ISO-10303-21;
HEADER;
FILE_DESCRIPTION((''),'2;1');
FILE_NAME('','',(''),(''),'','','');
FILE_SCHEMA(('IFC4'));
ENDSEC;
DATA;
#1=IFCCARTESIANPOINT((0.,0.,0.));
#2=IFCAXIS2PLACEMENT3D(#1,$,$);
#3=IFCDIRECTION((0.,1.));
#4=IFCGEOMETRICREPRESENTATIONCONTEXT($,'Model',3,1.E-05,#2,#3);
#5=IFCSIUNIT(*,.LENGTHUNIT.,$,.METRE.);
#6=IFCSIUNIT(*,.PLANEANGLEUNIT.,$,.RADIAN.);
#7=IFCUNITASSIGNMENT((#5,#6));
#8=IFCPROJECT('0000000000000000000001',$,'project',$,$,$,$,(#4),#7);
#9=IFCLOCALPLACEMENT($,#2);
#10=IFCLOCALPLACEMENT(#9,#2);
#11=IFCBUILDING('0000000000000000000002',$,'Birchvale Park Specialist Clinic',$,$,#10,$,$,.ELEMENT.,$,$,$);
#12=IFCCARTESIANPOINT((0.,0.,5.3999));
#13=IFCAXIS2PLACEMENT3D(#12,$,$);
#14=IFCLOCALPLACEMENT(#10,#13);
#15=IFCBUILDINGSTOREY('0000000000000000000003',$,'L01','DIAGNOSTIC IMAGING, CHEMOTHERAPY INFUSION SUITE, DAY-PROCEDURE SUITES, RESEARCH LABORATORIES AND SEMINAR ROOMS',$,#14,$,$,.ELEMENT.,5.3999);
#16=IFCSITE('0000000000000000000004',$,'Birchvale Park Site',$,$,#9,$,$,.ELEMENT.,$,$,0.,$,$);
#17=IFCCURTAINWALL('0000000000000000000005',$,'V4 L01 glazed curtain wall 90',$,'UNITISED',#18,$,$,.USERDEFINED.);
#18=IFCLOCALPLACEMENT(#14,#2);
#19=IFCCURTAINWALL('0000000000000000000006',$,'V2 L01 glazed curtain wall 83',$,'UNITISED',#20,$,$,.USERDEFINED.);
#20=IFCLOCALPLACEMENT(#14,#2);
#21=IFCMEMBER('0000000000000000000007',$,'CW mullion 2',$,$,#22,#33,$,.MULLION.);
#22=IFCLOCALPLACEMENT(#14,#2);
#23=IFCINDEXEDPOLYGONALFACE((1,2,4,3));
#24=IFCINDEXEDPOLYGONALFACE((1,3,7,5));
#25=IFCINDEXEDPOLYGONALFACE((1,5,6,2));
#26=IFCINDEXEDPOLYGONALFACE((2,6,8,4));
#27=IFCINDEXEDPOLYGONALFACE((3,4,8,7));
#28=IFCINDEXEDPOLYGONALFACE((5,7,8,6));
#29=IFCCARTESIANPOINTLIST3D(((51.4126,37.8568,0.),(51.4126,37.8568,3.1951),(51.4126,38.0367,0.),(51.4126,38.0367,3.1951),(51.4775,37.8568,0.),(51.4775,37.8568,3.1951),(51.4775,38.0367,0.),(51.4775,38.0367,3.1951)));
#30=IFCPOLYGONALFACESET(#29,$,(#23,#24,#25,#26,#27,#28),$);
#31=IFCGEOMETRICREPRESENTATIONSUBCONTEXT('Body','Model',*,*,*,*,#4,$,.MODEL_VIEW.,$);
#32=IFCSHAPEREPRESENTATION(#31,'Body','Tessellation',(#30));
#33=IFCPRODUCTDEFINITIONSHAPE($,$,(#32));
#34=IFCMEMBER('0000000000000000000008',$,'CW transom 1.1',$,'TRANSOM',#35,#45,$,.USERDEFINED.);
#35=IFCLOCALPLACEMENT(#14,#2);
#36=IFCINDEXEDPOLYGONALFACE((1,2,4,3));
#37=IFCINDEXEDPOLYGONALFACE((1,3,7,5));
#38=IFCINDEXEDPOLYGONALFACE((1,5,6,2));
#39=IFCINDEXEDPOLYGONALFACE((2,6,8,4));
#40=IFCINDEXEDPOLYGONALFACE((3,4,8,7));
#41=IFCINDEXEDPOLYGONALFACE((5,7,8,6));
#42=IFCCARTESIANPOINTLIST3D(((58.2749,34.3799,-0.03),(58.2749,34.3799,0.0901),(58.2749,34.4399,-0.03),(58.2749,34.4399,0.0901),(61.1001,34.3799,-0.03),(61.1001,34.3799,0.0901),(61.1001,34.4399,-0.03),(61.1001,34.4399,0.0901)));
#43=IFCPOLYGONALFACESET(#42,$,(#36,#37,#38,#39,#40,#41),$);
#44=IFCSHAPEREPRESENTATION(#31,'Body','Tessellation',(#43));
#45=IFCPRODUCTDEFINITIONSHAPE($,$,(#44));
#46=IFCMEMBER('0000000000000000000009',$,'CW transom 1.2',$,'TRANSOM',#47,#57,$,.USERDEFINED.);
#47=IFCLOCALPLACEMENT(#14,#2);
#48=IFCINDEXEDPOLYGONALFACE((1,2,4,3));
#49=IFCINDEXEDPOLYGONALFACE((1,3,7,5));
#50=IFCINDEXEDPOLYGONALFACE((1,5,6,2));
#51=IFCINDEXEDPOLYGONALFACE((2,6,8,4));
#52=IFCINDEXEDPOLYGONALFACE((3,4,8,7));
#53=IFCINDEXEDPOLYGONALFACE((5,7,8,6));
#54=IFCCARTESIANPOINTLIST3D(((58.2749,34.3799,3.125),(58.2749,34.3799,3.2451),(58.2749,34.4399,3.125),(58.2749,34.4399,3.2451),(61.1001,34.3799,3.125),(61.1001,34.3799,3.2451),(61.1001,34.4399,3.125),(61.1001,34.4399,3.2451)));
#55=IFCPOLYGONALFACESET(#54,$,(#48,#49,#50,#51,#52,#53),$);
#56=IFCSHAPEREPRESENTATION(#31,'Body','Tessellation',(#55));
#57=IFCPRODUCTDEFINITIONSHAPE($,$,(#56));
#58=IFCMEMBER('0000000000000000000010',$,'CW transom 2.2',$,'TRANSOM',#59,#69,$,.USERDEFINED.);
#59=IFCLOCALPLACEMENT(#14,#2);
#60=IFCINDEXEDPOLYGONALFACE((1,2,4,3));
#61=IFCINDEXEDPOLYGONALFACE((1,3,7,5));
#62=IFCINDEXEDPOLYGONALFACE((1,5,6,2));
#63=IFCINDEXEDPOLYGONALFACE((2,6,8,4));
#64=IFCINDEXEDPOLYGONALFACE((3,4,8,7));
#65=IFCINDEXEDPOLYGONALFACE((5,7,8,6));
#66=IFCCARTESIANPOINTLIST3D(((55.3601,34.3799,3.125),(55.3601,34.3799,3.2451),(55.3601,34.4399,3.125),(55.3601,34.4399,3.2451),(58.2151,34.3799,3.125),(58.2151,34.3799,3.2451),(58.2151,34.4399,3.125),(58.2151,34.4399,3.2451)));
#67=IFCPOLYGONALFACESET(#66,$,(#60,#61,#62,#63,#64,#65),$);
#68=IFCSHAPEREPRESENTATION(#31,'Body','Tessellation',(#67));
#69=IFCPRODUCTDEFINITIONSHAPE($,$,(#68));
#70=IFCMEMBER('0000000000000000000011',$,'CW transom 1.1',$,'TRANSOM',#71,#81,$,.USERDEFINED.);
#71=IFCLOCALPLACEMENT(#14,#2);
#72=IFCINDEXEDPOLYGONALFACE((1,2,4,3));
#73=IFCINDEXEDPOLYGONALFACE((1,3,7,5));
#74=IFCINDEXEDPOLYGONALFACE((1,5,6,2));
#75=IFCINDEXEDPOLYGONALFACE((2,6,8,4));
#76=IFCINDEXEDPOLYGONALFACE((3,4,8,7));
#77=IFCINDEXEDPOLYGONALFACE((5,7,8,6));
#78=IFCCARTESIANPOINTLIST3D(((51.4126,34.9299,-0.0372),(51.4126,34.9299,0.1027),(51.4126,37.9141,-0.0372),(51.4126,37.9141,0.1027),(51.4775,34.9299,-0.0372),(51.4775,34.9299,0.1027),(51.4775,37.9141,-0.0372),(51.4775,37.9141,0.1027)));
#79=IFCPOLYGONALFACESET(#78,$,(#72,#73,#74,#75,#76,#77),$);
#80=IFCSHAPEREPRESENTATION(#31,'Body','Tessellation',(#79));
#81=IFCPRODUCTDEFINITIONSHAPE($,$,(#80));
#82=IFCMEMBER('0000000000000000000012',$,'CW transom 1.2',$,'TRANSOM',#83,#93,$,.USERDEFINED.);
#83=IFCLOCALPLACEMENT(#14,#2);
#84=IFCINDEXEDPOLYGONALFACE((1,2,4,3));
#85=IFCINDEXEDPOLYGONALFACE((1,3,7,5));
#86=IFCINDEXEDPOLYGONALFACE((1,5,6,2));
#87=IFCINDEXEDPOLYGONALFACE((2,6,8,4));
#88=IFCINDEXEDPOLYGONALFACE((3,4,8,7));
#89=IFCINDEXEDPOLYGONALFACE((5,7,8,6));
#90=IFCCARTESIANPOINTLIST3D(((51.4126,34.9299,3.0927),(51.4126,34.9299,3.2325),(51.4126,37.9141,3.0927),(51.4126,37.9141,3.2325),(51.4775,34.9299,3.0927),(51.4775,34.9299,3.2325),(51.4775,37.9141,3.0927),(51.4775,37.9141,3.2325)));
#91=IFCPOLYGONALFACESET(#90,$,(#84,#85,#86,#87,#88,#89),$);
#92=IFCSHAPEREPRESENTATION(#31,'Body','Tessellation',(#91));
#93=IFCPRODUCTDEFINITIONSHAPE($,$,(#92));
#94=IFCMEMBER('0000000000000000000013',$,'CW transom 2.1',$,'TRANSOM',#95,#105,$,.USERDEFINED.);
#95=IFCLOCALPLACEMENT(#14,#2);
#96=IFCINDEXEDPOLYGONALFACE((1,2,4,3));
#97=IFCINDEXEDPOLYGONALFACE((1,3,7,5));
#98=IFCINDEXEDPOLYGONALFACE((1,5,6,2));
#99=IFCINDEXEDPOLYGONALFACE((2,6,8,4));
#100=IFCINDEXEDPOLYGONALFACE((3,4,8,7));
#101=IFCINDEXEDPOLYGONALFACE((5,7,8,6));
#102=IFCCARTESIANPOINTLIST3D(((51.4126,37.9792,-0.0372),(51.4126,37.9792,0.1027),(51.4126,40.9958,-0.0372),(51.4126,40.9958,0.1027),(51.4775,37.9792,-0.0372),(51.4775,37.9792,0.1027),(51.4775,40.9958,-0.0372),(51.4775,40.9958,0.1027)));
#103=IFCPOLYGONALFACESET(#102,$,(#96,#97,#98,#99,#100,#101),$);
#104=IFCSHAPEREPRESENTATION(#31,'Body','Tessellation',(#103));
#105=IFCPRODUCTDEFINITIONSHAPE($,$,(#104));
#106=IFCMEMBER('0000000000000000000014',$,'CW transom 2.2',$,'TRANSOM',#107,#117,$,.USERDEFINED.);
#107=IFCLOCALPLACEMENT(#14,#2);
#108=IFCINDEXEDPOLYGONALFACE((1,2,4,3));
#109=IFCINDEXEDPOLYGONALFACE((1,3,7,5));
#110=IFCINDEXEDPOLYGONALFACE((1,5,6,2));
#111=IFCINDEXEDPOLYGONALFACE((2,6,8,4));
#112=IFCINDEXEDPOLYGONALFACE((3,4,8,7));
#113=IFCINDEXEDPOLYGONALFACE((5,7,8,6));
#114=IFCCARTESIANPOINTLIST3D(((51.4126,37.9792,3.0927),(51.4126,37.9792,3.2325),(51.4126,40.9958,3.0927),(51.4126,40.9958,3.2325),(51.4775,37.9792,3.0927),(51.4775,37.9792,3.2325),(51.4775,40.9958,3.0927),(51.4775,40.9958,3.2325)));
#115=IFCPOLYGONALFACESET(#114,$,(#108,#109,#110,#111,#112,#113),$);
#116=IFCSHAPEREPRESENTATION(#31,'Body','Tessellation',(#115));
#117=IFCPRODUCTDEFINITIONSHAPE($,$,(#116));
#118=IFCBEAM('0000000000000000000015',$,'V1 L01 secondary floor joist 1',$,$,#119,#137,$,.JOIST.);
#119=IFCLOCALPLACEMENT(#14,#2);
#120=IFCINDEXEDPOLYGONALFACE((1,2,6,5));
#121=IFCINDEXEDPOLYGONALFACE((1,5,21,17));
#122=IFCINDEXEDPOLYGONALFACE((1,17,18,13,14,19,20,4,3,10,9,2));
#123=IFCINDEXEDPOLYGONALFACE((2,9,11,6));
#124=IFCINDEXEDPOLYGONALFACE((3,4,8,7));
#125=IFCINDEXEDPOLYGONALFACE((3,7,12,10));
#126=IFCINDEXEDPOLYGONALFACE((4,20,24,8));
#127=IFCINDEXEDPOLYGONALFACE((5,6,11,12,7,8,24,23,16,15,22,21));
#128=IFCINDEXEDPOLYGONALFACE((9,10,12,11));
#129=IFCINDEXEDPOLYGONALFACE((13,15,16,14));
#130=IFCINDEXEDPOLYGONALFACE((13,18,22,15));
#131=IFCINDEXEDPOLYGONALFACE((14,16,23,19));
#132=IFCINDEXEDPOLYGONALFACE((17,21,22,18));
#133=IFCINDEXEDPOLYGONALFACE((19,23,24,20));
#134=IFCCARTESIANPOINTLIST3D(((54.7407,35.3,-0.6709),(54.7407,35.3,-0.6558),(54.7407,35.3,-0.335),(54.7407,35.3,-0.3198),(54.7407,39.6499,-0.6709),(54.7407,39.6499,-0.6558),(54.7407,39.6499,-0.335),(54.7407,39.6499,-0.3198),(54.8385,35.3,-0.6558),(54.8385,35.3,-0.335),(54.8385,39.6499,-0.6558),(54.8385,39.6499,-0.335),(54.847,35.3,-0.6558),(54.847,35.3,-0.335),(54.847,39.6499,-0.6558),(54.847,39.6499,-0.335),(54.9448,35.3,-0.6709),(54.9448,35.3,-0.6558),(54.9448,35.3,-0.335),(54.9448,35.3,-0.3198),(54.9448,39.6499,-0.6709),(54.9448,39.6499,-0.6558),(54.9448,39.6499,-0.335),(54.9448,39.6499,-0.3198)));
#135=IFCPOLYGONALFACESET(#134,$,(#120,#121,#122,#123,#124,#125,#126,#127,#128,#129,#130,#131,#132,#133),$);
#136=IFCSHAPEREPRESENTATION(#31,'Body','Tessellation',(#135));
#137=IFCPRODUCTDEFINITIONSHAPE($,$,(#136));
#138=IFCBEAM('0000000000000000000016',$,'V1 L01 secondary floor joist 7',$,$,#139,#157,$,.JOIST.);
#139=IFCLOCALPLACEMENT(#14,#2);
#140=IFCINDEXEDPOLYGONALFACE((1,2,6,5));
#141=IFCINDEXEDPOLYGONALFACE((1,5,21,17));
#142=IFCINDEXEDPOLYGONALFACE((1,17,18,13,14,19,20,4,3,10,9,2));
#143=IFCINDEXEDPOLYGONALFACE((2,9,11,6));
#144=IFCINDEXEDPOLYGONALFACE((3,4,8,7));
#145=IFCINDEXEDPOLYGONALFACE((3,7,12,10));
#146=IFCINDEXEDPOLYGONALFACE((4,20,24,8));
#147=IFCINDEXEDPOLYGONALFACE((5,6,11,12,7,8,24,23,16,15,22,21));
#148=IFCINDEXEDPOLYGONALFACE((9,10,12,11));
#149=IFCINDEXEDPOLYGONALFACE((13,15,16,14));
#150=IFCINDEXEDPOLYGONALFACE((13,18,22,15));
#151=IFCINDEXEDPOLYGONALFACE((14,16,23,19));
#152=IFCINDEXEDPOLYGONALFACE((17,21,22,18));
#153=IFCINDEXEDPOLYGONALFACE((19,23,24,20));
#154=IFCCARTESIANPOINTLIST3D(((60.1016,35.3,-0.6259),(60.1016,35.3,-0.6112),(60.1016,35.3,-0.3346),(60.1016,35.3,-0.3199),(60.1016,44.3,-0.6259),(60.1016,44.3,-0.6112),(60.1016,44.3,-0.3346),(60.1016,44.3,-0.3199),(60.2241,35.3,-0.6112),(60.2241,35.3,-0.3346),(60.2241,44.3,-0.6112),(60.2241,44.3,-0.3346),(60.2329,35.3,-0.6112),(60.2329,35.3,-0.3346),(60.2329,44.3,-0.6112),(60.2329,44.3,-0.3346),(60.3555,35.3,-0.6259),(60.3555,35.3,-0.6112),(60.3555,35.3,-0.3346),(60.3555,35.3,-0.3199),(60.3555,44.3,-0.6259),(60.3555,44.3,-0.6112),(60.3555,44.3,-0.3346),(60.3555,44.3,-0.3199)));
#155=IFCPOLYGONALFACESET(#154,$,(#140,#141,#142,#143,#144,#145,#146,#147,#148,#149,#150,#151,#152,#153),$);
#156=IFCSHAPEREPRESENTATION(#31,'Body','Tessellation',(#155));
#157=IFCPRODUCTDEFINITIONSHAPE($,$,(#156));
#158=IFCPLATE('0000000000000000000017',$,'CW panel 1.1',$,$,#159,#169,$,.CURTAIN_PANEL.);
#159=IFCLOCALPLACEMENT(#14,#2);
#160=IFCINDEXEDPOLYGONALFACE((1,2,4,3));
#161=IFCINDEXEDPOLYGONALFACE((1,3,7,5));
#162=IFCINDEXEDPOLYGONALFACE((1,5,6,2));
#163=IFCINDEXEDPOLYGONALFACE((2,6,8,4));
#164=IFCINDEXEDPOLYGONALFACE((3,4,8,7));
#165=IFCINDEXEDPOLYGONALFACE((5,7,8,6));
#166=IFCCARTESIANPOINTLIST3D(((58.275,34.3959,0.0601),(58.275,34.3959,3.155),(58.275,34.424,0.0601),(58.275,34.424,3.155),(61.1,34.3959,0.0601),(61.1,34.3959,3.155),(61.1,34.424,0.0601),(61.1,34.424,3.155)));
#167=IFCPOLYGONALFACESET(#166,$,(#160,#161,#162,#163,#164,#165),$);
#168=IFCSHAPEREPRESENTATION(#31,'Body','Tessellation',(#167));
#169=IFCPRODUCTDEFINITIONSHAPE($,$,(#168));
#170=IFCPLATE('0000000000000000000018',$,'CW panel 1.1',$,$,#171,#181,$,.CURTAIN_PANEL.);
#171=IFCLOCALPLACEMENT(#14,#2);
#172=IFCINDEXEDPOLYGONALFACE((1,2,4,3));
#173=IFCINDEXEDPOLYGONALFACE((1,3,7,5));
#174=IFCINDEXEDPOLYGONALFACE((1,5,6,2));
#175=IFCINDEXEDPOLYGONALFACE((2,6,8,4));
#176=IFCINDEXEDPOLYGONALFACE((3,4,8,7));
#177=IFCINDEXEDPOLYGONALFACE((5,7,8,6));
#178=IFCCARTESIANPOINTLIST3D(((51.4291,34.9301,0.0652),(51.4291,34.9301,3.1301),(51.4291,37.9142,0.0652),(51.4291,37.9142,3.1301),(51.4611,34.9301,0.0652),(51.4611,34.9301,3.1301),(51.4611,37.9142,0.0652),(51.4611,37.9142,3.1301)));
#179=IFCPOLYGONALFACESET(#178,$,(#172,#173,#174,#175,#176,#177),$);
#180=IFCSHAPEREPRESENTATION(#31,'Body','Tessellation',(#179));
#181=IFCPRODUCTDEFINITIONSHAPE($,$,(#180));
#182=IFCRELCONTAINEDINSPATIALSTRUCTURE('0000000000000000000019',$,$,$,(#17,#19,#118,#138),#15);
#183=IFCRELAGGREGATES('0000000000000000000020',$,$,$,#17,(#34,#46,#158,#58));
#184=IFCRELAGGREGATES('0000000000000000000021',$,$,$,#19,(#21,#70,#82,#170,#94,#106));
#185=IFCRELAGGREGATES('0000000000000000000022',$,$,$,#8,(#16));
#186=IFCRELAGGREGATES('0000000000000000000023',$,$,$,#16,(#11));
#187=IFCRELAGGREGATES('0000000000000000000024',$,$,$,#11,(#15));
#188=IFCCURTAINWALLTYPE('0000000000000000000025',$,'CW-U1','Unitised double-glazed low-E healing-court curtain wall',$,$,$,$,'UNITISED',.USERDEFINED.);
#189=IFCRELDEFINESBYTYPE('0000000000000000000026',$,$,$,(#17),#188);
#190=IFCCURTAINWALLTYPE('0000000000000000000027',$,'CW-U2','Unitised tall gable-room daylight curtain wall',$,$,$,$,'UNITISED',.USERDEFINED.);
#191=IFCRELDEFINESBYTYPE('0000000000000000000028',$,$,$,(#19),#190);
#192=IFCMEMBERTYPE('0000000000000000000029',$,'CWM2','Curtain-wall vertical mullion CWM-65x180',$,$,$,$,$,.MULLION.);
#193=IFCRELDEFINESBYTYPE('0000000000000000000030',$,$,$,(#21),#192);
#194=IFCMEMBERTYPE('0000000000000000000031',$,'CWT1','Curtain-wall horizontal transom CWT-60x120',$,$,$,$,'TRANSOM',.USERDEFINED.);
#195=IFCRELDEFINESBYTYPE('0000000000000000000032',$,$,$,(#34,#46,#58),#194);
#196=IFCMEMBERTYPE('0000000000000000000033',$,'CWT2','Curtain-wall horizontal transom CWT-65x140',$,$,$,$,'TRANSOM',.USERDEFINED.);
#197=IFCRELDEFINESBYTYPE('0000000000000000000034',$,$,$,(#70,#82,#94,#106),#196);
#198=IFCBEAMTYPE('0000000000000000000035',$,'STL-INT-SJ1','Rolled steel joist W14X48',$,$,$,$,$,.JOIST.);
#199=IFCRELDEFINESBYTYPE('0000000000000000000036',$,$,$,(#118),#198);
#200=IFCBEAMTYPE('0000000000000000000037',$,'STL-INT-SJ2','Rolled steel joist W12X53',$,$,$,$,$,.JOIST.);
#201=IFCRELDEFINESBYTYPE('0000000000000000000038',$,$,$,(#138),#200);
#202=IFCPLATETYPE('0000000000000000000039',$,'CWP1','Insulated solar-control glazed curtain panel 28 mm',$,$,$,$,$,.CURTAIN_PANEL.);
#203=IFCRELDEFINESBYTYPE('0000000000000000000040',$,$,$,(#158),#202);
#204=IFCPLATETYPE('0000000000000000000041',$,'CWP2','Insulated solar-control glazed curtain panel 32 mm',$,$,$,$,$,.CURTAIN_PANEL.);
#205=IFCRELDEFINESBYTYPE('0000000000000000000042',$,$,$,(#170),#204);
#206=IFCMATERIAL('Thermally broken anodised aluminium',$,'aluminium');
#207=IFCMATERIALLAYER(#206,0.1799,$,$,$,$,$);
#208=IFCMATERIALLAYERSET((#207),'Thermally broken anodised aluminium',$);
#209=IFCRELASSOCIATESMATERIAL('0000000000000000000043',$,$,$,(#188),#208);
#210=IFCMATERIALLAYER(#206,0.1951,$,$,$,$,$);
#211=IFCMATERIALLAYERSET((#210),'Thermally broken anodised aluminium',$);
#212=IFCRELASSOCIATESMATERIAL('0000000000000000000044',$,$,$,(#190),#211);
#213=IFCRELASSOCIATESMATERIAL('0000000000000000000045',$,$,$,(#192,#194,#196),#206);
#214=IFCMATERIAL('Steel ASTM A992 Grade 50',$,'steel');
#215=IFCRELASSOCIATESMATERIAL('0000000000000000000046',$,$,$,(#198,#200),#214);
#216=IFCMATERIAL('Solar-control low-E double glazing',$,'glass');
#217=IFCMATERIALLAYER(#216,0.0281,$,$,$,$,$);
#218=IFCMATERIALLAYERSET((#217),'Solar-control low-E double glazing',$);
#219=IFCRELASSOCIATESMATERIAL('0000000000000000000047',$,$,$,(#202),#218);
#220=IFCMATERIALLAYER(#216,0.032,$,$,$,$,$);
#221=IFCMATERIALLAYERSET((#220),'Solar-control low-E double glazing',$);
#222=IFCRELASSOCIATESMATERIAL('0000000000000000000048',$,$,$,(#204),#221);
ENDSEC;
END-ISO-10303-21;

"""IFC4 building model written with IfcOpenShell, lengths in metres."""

from ifc_helpers import new_model, si_unit, direction, frame, origin, origin_2d, place, context, subcontext, project, spatial, rectangle, i_section, extrude, material, layer, layer_set, material_profile, profile_set, type_object, element, aggregate, save


model = new_model("IFC4")

# Units and contexts
model_context = context("Model", 3, precision=1e-05, world=origin(), true_north=direction((0.0, 1.0)))
body_context = subcontext(model_context, "Body", "Model", "MODEL_VIEW")
ifc_project = project(units=[si_unit("LENGTHUNIT", "METRE"), si_unit("PLANEANGLEUNIT", "RADIAN")], contexts=[model_context])

# Site, building, storey
site_placement = place(None, origin())
site = spatial("IfcSite", under=ifc_project, at=site_placement, Name="Birchvale Park Site", CompositionType="ELEMENT", RefElevation=0.0)
building_placement = place(site_placement, origin())
building = spatial("IfcBuilding", under=site, at=building_placement, Name="Birchvale Park Specialist Clinic", CompositionType="ELEMENT")
storey_placement = place(building_placement, frame((0.0, 0.0, 5.3999)))
storey = spatial("IfcBuildingStorey", under=building, at=storey_placement, Name="L01", Description="DIAGNOSTIC IMAGING, CHEMOTHERAPY INFUSION SUITE, DAY-PROCEDURE SUITES, RESEARCH LABORATORIES AND SEMINAR ROOMS", CompositionType="ELEMENT", Elevation=5.3999)

# Curtain wall
ifc_material_1 = material(Name="Thermally broken anodised aluminium", Category="aluminium")
ifc_layer_1 = layer(ifc_material_1, 0.1799)
ifc_layer_set_1 = layer_set([ifc_layer_1], Name="Thermally broken anodised aluminium")
curtain_wall_type_1 = type_object("IfcCurtainWallType", Name="CW-U1", Description="Unitised double-glazed low-E healing-court curtain wall", ElementType="UNITISED", PredefinedType="USERDEFINED", material=ifc_layer_set_1)
curtain_wall_1_placement = place(storey_placement, origin())
curtain_wall_1 = element("IfcCurtainWall", 1, at=curtain_wall_1_placement, inside=storey, type_object=curtain_wall_type_1, Name="V4 L01 glazed curtain wall 90", ObjectType="UNITISED", PredefinedType="USERDEFINED")

# Curtain wall, member
ifc_layer_2 = layer(ifc_material_1, 0.1951)
ifc_layer_set_2 = layer_set([ifc_layer_2], Name="Thermally broken anodised aluminium")
curtain_wall_type_2 = type_object("IfcCurtainWallType", Name="CW-U2", Description="Unitised tall gable-room daylight curtain wall", ElementType="UNITISED", PredefinedType="USERDEFINED", material=ifc_layer_set_2)
curtain_wall_2_placement = place(storey_placement, origin())
curtain_wall_2 = element("IfcCurtainWall", 2, at=curtain_wall_2_placement, inside=storey, type_object=curtain_wall_type_2, Name="V2 L01 glazed curtain wall 83", ObjectType="UNITISED", PredefinedType="USERDEFINED")
ifc_material_profile_1 = material_profile(ifc_material_1, rectangle(XDim=0.0649, YDim=0.1799, at=origin_2d()), Name="CWM-65x180")
ifc_profile_set_1 = profile_set([ifc_material_profile_1], Name="Thermally broken anodised aluminium")
member_type_1 = type_object("IfcMemberType", Name="CWM2", Description="Curtain-wall vertical mullion CWM-65x180", PredefinedType="MULLION", material=ifc_profile_set_1)
member_1_placement = place(storey_placement, frame((51.4451, 37.9468, 0.0), z_axis=(0.0, 0.0, 1.0), x_axis=(-1.0, 0.0, 0.0)))
member_1 = element("IfcMember", 3, at=member_1_placement, type_object=member_type_1, Name="CW mullion 2", PredefinedType="MULLION", context=body_context, shape_type="SweptSolid", body=[
    extrude(rectangle(XDim=0.0649, YDim=0.1799, at=origin_2d()), origin(), (0.0, 0.0, 1.0), 3.1951),
])

# Members
ifc_material_profile_2 = material_profile(ifc_material_1, rectangle(XDim=0.0601, YDim=0.1201, at=origin_2d()), Name="CWT-60x120")
ifc_profile_set_2 = profile_set([ifc_material_profile_2], Name="Thermally broken anodised aluminium")
member_type_2 = type_object("IfcMemberType", Name="CWT1", Description="Curtain-wall horizontal transom CWT-60x120", ElementType="TRANSOM", PredefinedType="USERDEFINED", material=ifc_profile_set_2)
member_2_placement = place(storey_placement, frame((61.1001, 34.4099, 0.03), z_axis=(-1.0, 0.0, 0.0), x_axis=(0.0, -1.0, 0.0)))
member_2 = element("IfcMember", 4, at=member_2_placement, type_object=member_type_2, Name="CW transom 1.1", ObjectType="TRANSOM", PredefinedType="USERDEFINED", context=body_context, shape_type="SweptSolid", body=[
    extrude(rectangle(XDim=0.0601, YDim=0.1201, at=origin_2d()), origin(), (0.0, 0.0, 1.0), 2.8252),
])
member_3_placement = place(storey_placement, frame((61.1001, 34.4099, 3.1851), z_axis=(-1.0, 0.0, 0.0), x_axis=(0.0, -1.0, 0.0)))
member_3 = element("IfcMember", 5, at=member_3_placement, type_object=member_type_2, Name="CW transom 1.2", ObjectType="TRANSOM", PredefinedType="USERDEFINED", context=body_context, shape_type="SweptSolid", body=[
    extrude(rectangle(XDim=0.0601, YDim=0.1201, at=origin_2d()), origin(), (0.0, 0.0, 1.0), 2.8252),
])
member_4_placement = place(storey_placement, frame((58.2151, 34.4099, 3.1851), z_axis=(-1.0, 0.0, 0.0), x_axis=(0.0, -1.0, 0.0)))
member_4 = element("IfcMember", 6, at=member_4_placement, type_object=member_type_2, Name="CW transom 2.2", ObjectType="TRANSOM", PredefinedType="USERDEFINED", context=body_context, shape_type="SweptSolid", body=[
    extrude(rectangle(XDim=0.0601, YDim=0.1201, at=origin_2d()), origin(), (0.0, 0.0, 1.0), 2.855),
])
ifc_material_profile_3 = material_profile(ifc_material_1, rectangle(XDim=0.0649, YDim=0.1399, at=origin_2d()), Name="CWT-65x140")
ifc_profile_set_3 = profile_set([ifc_material_profile_3], Name="Thermally broken anodised aluminium")
member_type_3 = type_object("IfcMemberType", Name="CWT2", Description="Curtain-wall horizontal transom CWT-65x140", ElementType="TRANSOM", PredefinedType="USERDEFINED", material=ifc_profile_set_3)
member_5_placement = place(storey_placement, frame((51.4451, 34.9299, 0.0327), z_axis=(0.0, 1.0, 0.0), x_axis=(-1.0, 0.0, 0.0)))
member_5 = element("IfcMember", 7, at=member_5_placement, type_object=member_type_3, Name="CW transom 1.1", ObjectType="TRANSOM", PredefinedType="USERDEFINED", context=body_context, shape_type="SweptSolid", body=[
    extrude(rectangle(XDim=0.0649, YDim=0.1399, at=origin_2d()), origin(), (0.0, 0.0, 1.0), 2.9841),
])
member_6_placement = place(storey_placement, frame((51.4451, 34.9299, 3.1626), z_axis=(0.0, 1.0, 0.0), x_axis=(-1.0, 0.0, 0.0)))
member_6 = element("IfcMember", 8, at=member_6_placement, type_object=member_type_3, Name="CW transom 1.2", ObjectType="TRANSOM", PredefinedType="USERDEFINED", context=body_context, shape_type="SweptSolid", body=[
    extrude(rectangle(XDim=0.0649, YDim=0.1399, at=origin_2d()), origin(), (0.0, 0.0, 1.0), 2.9841),
])
member_7_placement = place(storey_placement, frame((51.4451, 37.9792, 0.0327), z_axis=(0.0, 1.0, 0.0), x_axis=(-1.0, 0.0, 0.0)))
member_7 = element("IfcMember", 9, at=member_7_placement, type_object=member_type_3, Name="CW transom 2.1", ObjectType="TRANSOM", PredefinedType="USERDEFINED", context=body_context, shape_type="SweptSolid", body=[
    extrude(rectangle(XDim=0.0649, YDim=0.1399, at=origin_2d()), origin(), (0.0, 0.0, 1.0), 3.0166),
])
member_8_placement = place(storey_placement, frame((51.4451, 37.9792, 3.1626), z_axis=(0.0, 1.0, 0.0), x_axis=(-1.0, 0.0, 0.0)))
member_8 = element("IfcMember", 10, at=member_8_placement, type_object=member_type_3, Name="CW transom 2.2", ObjectType="TRANSOM", PredefinedType="USERDEFINED", context=body_context, shape_type="SweptSolid", body=[
    extrude(rectangle(XDim=0.0649, YDim=0.1399, at=origin_2d()), origin(), (0.0, 0.0, 1.0), 3.0166),
])

# Beams
ifc_material_2 = material(Name="Steel ASTM A992 Grade 50", Category="steel")
ifc_material_profile_4 = material_profile(ifc_material_2, i_section(OverallWidth=0.2041, OverallDepth=0.3511, WebThickness=0.0085, FlangeThickness=0.0151, at=origin_2d()), Name="W14X48")
ifc_profile_set_4 = profile_set([ifc_material_profile_4], Name="Steel ASTM A992 Grade 50")
beam_type_1 = type_object("IfcBeamType", Name="STL-INT-SJ1", Description="Rolled steel joist W14X48", PredefinedType="JOIST", material=ifc_profile_set_4)
beam_1_placement = place(storey_placement, frame((54.8428, 35.3, -0.4954), z_axis=(0.0, 1.0, 0.0), x_axis=(-1.0, 0.0, 0.0)))
element("IfcBeam", 11, at=beam_1_placement, inside=storey, type_object=beam_type_1, Name="V1 L01 secondary floor joist 1", PredefinedType="JOIST", context=body_context, shape_type="SweptSolid", body=[
    extrude(i_section(OverallWidth=0.2041, OverallDepth=0.3511, WebThickness=0.0085, FlangeThickness=0.0151, at=origin_2d()), origin(), (0.0, 0.0, 1.0), 4.3499),
])
ifc_material_profile_5 = material_profile(ifc_material_2, i_section(OverallWidth=0.2539, OverallDepth=0.3059, WebThickness=0.0088, FlangeThickness=0.0146, at=origin_2d()), Name="W12X53")
ifc_profile_set_5 = profile_set([ifc_material_profile_5], Name="Steel ASTM A992 Grade 50")
beam_type_2 = type_object("IfcBeamType", Name="STL-INT-SJ2", Description="Rolled steel joist W12X53", PredefinedType="JOIST", material=ifc_profile_set_5)
beam_2_placement = place(storey_placement, frame((60.2285, 35.3, -0.4729), z_axis=(0.0, 1.0, 0.0), x_axis=(-1.0, 0.0, 0.0)))
element("IfcBeam", 12, at=beam_2_placement, inside=storey, type_object=beam_type_2, Name="V1 L01 secondary floor joist 7", PredefinedType="JOIST", context=body_context, shape_type="SweptSolid", body=[
    extrude(i_section(OverallWidth=0.2539, OverallDepth=0.3059, WebThickness=0.0088, FlangeThickness=0.0146, at=origin_2d()), origin(), (0.0, 0.0, 1.0), 9.0),
])

# Plates
ifc_material_3 = material(Name="Solar-control low-E double glazing", Category="glass")
ifc_layer_3 = layer(ifc_material_3, 0.0281)
ifc_layer_set_3 = layer_set([ifc_layer_3], Name="Solar-control low-E double glazing")
plate_type_1 = type_object("IfcPlateType", Name="CWP1", Description="Insulated solar-control glazed curtain panel 28 mm", PredefinedType="CURTAIN_PANEL", material=ifc_layer_set_3)
plate_1_placement = place(storey_placement, frame((59.6875, 34.4099, 0.0601), z_axis=(0.0, 0.0, 1.0), x_axis=(-1.0, 0.0, 0.0)))
plate_1 = element("IfcPlate", 13, at=plate_1_placement, type_object=plate_type_1, Name="CW panel 1.1", PredefinedType="CURTAIN_PANEL", context=body_context, shape_type="SweptSolid", body=[
    extrude(rectangle(XDim=2.825, YDim=0.0281, at=origin_2d()), origin(), (0.0, 0.0, 1.0), 3.095),
])
aggregate(curtain_wall_1, [member_2, member_3, plate_1, member_4])
ifc_layer_4 = layer(ifc_material_3, 0.032)
ifc_layer_set_4 = layer_set([ifc_layer_4], Name="Solar-control low-E double glazing")
plate_type_2 = type_object("IfcPlateType", Name="CWP2", Description="Insulated solar-control glazed curtain panel 32 mm", PredefinedType="CURTAIN_PANEL", material=ifc_layer_set_4)
plate_2_placement = place(storey_placement, frame((51.4451, 36.4221, 0.0652), z_axis=(0.0, 0.0, 1.0), x_axis=(0.0, 1.0, 0.0)))
plate_2 = element("IfcPlate", 14, at=plate_2_placement, type_object=plate_type_2, Name="CW panel 1.1", PredefinedType="CURTAIN_PANEL", context=body_context, shape_type="SweptSolid", body=[
    extrude(rectangle(XDim=2.9841, YDim=0.032, at=origin_2d()), origin(), (0.0, 0.0, 1.0), 3.0649),
])
aggregate(curtain_wall_2, [member_1, member_5, member_6, plate_2, member_7, member_8])

save(model, "model.ifc")
